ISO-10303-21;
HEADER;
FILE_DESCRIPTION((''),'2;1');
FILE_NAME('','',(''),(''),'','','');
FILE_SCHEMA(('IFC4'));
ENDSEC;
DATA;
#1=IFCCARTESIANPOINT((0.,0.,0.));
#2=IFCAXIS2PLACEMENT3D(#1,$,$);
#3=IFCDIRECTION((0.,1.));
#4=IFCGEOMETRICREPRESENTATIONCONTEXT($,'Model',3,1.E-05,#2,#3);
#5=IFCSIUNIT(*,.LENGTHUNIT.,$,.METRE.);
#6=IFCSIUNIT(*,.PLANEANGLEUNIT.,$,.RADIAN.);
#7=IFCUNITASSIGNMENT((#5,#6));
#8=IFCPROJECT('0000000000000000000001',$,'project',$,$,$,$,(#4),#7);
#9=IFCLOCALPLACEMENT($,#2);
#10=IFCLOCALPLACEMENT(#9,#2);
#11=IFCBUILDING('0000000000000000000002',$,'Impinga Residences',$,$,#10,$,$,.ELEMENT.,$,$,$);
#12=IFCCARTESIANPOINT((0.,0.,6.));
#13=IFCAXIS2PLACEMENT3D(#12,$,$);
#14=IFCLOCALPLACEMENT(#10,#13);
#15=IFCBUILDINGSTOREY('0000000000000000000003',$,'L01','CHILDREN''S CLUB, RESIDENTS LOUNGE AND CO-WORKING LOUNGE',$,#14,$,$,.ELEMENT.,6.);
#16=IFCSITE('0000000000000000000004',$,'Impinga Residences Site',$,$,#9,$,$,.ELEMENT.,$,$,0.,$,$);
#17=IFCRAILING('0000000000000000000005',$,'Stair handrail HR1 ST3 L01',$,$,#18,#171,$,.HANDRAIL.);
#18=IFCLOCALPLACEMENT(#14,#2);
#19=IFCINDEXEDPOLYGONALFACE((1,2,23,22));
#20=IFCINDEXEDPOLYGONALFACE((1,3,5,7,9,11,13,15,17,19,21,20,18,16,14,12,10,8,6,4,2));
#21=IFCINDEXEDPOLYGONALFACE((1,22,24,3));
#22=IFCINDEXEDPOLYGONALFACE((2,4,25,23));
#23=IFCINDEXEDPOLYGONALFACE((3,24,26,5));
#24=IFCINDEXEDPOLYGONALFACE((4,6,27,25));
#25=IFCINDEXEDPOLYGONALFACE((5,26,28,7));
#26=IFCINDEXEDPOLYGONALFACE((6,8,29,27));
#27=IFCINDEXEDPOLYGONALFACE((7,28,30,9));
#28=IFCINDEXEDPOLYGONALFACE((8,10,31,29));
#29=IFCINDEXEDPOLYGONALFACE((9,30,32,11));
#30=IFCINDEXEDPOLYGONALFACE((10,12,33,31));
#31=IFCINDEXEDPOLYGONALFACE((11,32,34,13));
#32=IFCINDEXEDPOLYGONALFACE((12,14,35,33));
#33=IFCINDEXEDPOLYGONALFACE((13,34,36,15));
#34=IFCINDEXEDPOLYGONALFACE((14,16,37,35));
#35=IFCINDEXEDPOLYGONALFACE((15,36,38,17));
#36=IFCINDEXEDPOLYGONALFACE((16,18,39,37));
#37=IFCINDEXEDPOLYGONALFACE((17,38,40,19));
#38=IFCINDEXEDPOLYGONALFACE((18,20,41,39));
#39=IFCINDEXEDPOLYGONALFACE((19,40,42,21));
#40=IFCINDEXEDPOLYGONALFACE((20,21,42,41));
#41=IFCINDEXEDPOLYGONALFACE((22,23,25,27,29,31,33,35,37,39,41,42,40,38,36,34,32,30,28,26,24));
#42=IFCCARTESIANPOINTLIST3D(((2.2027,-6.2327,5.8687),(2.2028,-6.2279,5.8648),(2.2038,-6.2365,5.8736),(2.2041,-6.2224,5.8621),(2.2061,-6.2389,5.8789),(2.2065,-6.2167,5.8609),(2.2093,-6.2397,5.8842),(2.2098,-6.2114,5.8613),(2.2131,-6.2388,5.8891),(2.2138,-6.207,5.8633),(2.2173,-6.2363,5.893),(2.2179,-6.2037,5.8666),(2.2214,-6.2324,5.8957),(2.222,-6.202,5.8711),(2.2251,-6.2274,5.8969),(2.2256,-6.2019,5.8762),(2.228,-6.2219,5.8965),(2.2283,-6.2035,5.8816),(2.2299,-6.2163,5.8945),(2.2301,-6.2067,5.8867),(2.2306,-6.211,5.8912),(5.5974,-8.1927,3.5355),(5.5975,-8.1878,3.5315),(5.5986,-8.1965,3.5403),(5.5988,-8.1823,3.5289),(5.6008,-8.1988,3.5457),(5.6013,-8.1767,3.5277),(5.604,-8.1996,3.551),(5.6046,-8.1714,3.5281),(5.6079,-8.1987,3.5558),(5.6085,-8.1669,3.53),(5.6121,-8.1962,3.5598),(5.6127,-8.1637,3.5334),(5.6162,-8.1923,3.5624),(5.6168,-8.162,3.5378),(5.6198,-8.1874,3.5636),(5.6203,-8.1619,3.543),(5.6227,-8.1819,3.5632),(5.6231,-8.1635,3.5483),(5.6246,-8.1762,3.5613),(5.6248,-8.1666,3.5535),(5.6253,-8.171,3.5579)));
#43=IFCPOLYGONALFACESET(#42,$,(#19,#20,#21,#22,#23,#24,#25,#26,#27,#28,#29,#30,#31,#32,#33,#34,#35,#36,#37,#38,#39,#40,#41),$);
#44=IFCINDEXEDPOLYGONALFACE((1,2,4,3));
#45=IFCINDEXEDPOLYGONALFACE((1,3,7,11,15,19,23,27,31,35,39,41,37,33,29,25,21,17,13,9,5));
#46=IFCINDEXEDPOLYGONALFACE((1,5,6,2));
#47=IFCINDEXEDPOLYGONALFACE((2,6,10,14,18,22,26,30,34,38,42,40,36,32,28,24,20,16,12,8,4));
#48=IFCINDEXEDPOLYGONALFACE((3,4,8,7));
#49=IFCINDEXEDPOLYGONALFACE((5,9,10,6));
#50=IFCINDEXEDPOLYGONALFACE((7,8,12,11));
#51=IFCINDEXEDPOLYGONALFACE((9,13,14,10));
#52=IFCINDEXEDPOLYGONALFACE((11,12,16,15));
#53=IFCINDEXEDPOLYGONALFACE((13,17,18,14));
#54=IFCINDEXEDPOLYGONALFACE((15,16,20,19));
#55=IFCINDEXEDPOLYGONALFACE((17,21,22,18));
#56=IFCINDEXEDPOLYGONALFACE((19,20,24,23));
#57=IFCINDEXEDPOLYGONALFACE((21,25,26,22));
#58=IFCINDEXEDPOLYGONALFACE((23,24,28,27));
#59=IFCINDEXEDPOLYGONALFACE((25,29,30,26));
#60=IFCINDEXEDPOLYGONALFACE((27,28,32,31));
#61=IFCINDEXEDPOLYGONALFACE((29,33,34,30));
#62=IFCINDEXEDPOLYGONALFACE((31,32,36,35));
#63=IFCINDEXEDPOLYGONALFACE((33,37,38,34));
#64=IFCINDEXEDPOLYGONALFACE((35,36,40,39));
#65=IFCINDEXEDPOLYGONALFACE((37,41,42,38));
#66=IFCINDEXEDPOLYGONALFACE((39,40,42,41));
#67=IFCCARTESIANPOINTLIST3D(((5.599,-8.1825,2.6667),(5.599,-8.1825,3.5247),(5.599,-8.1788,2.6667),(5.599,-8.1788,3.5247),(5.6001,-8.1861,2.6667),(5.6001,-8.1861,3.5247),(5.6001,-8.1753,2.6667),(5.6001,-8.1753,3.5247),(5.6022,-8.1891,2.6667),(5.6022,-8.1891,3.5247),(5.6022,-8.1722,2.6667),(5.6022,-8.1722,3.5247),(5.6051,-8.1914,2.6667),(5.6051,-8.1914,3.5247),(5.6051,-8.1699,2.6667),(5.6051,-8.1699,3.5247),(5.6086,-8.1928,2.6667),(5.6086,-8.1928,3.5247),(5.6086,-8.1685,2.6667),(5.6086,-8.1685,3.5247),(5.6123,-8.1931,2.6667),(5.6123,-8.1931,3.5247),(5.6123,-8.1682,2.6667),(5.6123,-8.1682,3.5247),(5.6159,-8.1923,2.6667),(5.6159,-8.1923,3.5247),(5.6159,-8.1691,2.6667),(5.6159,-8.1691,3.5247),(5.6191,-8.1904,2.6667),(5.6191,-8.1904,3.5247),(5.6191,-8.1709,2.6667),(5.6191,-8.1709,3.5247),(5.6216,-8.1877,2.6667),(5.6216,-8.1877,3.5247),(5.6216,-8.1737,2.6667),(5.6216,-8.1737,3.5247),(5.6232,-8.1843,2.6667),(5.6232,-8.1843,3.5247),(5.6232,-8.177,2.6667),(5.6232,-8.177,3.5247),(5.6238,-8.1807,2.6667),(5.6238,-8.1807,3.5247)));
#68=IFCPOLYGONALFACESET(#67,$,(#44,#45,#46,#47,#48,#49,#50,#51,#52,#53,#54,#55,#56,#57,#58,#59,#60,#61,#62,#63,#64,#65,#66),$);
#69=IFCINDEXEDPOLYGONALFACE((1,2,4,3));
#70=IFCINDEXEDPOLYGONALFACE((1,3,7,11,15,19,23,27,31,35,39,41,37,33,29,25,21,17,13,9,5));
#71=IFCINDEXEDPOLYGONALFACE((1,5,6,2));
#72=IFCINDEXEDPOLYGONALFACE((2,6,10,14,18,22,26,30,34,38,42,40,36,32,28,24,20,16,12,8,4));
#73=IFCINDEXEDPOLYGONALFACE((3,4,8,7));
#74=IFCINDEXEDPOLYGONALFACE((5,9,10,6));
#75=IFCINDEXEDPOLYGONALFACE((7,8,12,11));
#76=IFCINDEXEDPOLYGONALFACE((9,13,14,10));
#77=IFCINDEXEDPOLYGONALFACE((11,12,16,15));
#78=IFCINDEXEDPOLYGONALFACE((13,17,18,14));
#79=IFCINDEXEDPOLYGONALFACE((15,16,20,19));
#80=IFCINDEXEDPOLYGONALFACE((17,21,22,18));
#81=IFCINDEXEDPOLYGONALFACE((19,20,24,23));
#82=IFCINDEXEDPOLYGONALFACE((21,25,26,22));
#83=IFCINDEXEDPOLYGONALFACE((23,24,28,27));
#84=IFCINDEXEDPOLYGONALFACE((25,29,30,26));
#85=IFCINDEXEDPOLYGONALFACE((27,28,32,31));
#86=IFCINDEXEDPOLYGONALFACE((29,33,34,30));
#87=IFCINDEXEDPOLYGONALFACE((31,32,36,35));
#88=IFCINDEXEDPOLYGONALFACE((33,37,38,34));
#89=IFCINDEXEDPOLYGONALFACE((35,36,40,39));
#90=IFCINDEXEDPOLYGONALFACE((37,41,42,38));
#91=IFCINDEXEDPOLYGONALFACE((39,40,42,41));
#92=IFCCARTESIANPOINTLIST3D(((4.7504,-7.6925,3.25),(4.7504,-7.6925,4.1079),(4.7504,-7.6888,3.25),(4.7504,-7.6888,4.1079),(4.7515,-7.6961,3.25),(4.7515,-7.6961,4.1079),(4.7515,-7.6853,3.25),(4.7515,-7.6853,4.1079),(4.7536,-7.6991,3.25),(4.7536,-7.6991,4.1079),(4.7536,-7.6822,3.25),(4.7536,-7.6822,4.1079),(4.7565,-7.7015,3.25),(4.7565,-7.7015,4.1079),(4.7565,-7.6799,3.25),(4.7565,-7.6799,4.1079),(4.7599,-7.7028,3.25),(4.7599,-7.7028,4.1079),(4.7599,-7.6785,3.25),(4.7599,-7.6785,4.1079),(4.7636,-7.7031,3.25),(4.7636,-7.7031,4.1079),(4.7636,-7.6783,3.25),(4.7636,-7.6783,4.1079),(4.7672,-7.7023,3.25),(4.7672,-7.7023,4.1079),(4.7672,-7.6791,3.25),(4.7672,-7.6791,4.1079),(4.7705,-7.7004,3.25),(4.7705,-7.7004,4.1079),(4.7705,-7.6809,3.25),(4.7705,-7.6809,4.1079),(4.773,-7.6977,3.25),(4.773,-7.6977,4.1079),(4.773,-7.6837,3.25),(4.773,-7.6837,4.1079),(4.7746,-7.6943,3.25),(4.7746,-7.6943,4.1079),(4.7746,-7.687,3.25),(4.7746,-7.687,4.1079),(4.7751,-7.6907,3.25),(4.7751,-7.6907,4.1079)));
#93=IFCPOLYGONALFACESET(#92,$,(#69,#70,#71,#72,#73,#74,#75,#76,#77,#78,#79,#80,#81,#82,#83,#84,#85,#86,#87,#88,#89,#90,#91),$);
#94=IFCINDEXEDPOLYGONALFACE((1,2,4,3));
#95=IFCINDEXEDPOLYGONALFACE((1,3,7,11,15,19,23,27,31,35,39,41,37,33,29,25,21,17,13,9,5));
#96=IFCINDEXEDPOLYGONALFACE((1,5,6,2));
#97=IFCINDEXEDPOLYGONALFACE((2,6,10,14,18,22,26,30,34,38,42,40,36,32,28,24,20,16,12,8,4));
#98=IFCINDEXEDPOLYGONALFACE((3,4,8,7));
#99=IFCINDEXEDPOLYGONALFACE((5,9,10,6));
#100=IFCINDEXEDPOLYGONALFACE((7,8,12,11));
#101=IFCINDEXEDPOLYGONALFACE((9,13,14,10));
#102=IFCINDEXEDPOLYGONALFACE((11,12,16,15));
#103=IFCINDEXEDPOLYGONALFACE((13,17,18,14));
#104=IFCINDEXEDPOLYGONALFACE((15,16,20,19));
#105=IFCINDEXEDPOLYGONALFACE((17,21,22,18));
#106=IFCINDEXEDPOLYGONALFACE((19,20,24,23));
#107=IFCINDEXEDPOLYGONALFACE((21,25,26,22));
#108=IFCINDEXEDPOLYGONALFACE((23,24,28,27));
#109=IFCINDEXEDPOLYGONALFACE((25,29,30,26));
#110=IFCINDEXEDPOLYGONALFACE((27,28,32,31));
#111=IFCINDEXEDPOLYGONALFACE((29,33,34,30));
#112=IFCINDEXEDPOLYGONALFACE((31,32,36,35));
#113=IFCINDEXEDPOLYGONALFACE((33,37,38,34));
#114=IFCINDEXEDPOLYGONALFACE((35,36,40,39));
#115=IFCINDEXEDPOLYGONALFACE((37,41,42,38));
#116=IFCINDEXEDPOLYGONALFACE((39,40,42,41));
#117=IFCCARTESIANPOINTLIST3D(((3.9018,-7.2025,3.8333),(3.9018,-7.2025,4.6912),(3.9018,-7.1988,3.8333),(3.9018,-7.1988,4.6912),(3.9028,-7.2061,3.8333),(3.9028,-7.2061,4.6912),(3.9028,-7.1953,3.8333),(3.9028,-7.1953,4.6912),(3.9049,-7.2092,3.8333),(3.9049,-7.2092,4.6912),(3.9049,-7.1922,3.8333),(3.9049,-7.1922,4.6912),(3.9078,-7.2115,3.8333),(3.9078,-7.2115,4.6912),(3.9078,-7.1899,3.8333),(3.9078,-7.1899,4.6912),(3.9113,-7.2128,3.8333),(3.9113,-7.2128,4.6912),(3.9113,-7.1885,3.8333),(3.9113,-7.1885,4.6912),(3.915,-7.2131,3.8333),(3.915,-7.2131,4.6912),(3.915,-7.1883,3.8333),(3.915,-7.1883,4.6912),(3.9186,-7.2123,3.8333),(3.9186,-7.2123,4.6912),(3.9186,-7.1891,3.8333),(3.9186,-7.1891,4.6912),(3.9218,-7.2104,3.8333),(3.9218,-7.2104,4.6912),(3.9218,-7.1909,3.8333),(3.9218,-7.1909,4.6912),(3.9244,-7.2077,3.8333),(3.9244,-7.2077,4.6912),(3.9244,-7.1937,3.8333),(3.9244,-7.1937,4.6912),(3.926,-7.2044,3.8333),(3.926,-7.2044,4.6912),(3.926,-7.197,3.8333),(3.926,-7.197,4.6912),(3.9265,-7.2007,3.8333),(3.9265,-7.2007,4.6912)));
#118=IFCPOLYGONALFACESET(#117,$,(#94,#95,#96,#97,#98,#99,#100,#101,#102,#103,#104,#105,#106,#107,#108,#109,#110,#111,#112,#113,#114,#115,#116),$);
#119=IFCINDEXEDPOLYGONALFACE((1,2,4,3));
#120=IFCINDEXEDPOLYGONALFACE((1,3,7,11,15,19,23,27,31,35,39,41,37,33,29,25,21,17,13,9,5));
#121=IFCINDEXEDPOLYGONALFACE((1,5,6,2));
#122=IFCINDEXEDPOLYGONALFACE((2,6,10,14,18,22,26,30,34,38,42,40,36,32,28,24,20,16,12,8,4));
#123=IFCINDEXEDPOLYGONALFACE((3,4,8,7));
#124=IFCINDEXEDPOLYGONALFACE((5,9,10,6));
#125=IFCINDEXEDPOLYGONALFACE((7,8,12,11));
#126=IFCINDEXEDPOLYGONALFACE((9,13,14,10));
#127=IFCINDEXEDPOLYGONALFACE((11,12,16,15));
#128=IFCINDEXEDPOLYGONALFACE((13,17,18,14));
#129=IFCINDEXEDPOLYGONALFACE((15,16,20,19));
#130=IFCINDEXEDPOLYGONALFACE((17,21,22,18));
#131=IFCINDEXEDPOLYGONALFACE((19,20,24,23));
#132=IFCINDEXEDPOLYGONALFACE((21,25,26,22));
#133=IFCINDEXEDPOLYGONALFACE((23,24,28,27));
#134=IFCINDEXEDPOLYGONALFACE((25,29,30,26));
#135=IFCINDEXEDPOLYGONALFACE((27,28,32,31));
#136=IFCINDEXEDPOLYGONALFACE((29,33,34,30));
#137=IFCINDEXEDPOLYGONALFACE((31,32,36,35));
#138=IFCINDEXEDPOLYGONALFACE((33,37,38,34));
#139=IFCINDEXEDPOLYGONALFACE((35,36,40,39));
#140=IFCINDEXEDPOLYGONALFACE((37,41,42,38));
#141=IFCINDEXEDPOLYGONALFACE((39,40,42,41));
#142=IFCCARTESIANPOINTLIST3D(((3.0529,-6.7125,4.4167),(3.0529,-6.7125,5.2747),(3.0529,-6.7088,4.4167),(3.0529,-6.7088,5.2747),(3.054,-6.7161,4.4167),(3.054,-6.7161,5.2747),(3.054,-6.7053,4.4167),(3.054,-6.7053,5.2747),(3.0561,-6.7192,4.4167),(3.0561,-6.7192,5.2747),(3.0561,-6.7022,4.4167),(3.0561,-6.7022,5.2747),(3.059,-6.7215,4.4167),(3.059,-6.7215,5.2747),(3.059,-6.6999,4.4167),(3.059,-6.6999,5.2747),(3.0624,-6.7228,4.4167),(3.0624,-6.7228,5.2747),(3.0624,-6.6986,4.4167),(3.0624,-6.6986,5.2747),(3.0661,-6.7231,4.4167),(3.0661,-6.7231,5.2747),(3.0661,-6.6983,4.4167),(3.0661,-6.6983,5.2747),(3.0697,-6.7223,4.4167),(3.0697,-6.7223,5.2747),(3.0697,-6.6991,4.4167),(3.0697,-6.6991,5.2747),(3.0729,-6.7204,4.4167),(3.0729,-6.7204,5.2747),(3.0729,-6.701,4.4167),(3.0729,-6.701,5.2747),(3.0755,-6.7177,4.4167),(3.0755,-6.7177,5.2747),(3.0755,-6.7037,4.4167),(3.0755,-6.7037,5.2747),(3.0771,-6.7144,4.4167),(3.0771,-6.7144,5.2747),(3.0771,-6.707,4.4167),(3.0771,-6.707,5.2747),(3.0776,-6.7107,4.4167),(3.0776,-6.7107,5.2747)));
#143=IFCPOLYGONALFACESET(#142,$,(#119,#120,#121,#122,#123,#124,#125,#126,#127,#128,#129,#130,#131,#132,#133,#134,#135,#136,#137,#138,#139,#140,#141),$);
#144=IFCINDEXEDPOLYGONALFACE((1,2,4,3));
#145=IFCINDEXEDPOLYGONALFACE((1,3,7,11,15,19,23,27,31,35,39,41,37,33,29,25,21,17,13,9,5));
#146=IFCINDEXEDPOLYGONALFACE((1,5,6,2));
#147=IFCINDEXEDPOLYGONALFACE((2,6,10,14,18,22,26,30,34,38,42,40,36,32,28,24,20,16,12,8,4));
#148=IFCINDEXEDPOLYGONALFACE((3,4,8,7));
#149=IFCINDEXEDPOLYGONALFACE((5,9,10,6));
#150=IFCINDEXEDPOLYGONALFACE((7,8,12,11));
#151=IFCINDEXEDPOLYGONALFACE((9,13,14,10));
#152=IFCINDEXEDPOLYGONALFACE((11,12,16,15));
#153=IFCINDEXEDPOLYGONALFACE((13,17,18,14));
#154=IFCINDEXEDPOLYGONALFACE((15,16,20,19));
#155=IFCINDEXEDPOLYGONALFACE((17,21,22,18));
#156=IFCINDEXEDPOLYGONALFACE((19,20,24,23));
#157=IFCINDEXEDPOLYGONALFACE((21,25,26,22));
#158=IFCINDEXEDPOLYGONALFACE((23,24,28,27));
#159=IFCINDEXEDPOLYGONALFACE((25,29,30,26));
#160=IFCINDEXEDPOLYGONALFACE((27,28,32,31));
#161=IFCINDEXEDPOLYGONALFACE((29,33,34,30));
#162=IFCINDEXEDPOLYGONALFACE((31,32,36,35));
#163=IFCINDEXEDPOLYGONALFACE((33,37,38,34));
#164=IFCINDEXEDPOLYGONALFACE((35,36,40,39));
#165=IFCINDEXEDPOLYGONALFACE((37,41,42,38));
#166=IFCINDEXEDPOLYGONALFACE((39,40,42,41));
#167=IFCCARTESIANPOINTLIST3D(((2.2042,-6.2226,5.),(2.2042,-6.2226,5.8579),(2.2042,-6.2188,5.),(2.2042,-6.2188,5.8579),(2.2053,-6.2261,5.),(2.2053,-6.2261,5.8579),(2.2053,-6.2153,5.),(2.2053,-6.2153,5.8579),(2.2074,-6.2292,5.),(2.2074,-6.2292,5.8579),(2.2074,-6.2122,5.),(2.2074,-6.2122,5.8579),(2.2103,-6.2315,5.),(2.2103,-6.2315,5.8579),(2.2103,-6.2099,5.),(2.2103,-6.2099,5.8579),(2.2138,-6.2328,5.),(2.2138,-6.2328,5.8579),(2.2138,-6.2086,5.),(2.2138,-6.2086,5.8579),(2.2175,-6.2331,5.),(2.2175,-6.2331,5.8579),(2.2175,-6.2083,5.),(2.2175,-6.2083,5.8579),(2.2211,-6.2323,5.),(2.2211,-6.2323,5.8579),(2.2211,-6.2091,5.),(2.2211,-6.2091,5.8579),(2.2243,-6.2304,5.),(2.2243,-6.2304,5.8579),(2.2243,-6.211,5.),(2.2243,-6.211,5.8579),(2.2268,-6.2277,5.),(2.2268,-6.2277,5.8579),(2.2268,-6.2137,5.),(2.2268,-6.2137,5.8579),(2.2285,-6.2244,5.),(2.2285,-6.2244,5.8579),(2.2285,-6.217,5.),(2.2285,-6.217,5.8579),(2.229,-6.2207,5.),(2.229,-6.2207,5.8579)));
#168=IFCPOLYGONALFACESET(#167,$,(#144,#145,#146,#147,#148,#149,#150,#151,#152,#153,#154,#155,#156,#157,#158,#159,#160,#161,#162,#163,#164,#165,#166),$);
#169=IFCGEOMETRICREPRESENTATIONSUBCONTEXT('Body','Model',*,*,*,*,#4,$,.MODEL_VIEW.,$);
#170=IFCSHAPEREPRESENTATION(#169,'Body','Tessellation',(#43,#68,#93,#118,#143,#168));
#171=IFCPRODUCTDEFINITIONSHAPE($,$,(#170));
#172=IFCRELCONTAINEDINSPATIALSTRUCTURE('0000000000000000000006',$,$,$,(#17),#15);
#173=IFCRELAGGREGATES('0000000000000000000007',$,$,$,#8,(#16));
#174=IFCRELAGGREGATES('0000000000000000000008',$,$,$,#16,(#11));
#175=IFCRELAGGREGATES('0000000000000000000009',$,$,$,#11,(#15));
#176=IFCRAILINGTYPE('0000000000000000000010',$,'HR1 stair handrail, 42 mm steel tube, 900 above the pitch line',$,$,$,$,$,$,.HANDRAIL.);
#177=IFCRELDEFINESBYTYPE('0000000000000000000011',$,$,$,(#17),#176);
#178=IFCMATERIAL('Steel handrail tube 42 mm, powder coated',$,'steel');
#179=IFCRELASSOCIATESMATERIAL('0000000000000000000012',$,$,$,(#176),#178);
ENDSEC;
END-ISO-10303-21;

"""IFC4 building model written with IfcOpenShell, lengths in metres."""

from ifc_helpers import new_model, si_unit, direction, frame, origin, origin_2d, place, context, subcontext, project, spatial, circle, extrude, material, type_object, element, save


model = new_model("IFC4")

# Units and contexts
model_context = context("Model", 3, precision=1e-05, world=origin(), true_north=direction((0.0, 1.0)))
body_context = subcontext(model_context, "Body", "Model", "MODEL_VIEW")
ifc_project = project(units=[si_unit("LENGTHUNIT", "METRE"), si_unit("PLANEANGLEUNIT", "RADIAN")], contexts=[model_context])

# Site, building, storey
site_placement = place(None, origin())
site = spatial("IfcSite", under=ifc_project, at=site_placement, Name="Impinga Residences Site", CompositionType="ELEMENT", RefElevation=0.0)
building_placement = place(site_placement, origin())
building = spatial("IfcBuilding", under=site, at=building_placement, Name="Impinga Residences", CompositionType="ELEMENT")
storey_placement = place(building_placement, frame((0.0, 0.0, 6.0)))
storey = spatial("IfcBuildingStorey", under=building, at=storey_placement, Name="L01", Description="CHILDREN'S CLUB, RESIDENTS LOUNGE AND CO-WORKING LOUNGE", CompositionType="ELEMENT", Elevation=6.0)

# Railing
ifc_material_1 = material(Name="Steel handrail tube 42 mm, powder coated", Category="steel")
railing_type_1 = type_object("IfcRailingType", Name="HR1 stair handrail, 42 mm steel tube, 900 above the pitch line", PredefinedType="HANDRAIL", material=ifc_material_1)
railing_1_placement = place(storey_placement, frame((5.6113, -8.1807, 2.6667)))
element("IfcRailing", 1, at=railing_1_placement, inside=storey, type_object=railing_type_1, Name="Stair handrail HR1 ST3 L01", PredefinedType="HANDRAIL", context=body_context, shape_type="SweptSolid", body=[
    extrude(circle(Radius=0.021, at=origin_2d()), frame((0.0, 0.0, 0.8789), z_axis=(-0.744175, 0.429646, 0.511476), x_axis=(-0.499997, -0.866027, 0.0)), (0.0, 0.0, 1.0), 4.5618),
    extrude(circle(Radius=0.0125, at=origin_2d()), origin(), (0.0, 0.0, 1.0), 0.8579),
    extrude(circle(Radius=0.0125, at=origin_2d()), frame((-0.8486, 0.49, 0.5833)), (0.0, 0.0, 1.0), 0.8579),
    extrude(circle(Radius=0.0125, at=origin_2d()), frame((-1.6973, 0.98, 1.1665)), (0.0, 0.0, 1.0), 0.8579),
    extrude(circle(Radius=0.0125, at=origin_2d()), frame((-2.5461, 1.47, 1.75)), (0.0, 0.0, 1.0), 0.8579),
    extrude(circle(Radius=0.0125, at=origin_2d()), frame((-3.3948, 1.96, 2.3333)), (0.0, 0.0, 1.0), 0.8579),
])

save(model, "model.ifc")
